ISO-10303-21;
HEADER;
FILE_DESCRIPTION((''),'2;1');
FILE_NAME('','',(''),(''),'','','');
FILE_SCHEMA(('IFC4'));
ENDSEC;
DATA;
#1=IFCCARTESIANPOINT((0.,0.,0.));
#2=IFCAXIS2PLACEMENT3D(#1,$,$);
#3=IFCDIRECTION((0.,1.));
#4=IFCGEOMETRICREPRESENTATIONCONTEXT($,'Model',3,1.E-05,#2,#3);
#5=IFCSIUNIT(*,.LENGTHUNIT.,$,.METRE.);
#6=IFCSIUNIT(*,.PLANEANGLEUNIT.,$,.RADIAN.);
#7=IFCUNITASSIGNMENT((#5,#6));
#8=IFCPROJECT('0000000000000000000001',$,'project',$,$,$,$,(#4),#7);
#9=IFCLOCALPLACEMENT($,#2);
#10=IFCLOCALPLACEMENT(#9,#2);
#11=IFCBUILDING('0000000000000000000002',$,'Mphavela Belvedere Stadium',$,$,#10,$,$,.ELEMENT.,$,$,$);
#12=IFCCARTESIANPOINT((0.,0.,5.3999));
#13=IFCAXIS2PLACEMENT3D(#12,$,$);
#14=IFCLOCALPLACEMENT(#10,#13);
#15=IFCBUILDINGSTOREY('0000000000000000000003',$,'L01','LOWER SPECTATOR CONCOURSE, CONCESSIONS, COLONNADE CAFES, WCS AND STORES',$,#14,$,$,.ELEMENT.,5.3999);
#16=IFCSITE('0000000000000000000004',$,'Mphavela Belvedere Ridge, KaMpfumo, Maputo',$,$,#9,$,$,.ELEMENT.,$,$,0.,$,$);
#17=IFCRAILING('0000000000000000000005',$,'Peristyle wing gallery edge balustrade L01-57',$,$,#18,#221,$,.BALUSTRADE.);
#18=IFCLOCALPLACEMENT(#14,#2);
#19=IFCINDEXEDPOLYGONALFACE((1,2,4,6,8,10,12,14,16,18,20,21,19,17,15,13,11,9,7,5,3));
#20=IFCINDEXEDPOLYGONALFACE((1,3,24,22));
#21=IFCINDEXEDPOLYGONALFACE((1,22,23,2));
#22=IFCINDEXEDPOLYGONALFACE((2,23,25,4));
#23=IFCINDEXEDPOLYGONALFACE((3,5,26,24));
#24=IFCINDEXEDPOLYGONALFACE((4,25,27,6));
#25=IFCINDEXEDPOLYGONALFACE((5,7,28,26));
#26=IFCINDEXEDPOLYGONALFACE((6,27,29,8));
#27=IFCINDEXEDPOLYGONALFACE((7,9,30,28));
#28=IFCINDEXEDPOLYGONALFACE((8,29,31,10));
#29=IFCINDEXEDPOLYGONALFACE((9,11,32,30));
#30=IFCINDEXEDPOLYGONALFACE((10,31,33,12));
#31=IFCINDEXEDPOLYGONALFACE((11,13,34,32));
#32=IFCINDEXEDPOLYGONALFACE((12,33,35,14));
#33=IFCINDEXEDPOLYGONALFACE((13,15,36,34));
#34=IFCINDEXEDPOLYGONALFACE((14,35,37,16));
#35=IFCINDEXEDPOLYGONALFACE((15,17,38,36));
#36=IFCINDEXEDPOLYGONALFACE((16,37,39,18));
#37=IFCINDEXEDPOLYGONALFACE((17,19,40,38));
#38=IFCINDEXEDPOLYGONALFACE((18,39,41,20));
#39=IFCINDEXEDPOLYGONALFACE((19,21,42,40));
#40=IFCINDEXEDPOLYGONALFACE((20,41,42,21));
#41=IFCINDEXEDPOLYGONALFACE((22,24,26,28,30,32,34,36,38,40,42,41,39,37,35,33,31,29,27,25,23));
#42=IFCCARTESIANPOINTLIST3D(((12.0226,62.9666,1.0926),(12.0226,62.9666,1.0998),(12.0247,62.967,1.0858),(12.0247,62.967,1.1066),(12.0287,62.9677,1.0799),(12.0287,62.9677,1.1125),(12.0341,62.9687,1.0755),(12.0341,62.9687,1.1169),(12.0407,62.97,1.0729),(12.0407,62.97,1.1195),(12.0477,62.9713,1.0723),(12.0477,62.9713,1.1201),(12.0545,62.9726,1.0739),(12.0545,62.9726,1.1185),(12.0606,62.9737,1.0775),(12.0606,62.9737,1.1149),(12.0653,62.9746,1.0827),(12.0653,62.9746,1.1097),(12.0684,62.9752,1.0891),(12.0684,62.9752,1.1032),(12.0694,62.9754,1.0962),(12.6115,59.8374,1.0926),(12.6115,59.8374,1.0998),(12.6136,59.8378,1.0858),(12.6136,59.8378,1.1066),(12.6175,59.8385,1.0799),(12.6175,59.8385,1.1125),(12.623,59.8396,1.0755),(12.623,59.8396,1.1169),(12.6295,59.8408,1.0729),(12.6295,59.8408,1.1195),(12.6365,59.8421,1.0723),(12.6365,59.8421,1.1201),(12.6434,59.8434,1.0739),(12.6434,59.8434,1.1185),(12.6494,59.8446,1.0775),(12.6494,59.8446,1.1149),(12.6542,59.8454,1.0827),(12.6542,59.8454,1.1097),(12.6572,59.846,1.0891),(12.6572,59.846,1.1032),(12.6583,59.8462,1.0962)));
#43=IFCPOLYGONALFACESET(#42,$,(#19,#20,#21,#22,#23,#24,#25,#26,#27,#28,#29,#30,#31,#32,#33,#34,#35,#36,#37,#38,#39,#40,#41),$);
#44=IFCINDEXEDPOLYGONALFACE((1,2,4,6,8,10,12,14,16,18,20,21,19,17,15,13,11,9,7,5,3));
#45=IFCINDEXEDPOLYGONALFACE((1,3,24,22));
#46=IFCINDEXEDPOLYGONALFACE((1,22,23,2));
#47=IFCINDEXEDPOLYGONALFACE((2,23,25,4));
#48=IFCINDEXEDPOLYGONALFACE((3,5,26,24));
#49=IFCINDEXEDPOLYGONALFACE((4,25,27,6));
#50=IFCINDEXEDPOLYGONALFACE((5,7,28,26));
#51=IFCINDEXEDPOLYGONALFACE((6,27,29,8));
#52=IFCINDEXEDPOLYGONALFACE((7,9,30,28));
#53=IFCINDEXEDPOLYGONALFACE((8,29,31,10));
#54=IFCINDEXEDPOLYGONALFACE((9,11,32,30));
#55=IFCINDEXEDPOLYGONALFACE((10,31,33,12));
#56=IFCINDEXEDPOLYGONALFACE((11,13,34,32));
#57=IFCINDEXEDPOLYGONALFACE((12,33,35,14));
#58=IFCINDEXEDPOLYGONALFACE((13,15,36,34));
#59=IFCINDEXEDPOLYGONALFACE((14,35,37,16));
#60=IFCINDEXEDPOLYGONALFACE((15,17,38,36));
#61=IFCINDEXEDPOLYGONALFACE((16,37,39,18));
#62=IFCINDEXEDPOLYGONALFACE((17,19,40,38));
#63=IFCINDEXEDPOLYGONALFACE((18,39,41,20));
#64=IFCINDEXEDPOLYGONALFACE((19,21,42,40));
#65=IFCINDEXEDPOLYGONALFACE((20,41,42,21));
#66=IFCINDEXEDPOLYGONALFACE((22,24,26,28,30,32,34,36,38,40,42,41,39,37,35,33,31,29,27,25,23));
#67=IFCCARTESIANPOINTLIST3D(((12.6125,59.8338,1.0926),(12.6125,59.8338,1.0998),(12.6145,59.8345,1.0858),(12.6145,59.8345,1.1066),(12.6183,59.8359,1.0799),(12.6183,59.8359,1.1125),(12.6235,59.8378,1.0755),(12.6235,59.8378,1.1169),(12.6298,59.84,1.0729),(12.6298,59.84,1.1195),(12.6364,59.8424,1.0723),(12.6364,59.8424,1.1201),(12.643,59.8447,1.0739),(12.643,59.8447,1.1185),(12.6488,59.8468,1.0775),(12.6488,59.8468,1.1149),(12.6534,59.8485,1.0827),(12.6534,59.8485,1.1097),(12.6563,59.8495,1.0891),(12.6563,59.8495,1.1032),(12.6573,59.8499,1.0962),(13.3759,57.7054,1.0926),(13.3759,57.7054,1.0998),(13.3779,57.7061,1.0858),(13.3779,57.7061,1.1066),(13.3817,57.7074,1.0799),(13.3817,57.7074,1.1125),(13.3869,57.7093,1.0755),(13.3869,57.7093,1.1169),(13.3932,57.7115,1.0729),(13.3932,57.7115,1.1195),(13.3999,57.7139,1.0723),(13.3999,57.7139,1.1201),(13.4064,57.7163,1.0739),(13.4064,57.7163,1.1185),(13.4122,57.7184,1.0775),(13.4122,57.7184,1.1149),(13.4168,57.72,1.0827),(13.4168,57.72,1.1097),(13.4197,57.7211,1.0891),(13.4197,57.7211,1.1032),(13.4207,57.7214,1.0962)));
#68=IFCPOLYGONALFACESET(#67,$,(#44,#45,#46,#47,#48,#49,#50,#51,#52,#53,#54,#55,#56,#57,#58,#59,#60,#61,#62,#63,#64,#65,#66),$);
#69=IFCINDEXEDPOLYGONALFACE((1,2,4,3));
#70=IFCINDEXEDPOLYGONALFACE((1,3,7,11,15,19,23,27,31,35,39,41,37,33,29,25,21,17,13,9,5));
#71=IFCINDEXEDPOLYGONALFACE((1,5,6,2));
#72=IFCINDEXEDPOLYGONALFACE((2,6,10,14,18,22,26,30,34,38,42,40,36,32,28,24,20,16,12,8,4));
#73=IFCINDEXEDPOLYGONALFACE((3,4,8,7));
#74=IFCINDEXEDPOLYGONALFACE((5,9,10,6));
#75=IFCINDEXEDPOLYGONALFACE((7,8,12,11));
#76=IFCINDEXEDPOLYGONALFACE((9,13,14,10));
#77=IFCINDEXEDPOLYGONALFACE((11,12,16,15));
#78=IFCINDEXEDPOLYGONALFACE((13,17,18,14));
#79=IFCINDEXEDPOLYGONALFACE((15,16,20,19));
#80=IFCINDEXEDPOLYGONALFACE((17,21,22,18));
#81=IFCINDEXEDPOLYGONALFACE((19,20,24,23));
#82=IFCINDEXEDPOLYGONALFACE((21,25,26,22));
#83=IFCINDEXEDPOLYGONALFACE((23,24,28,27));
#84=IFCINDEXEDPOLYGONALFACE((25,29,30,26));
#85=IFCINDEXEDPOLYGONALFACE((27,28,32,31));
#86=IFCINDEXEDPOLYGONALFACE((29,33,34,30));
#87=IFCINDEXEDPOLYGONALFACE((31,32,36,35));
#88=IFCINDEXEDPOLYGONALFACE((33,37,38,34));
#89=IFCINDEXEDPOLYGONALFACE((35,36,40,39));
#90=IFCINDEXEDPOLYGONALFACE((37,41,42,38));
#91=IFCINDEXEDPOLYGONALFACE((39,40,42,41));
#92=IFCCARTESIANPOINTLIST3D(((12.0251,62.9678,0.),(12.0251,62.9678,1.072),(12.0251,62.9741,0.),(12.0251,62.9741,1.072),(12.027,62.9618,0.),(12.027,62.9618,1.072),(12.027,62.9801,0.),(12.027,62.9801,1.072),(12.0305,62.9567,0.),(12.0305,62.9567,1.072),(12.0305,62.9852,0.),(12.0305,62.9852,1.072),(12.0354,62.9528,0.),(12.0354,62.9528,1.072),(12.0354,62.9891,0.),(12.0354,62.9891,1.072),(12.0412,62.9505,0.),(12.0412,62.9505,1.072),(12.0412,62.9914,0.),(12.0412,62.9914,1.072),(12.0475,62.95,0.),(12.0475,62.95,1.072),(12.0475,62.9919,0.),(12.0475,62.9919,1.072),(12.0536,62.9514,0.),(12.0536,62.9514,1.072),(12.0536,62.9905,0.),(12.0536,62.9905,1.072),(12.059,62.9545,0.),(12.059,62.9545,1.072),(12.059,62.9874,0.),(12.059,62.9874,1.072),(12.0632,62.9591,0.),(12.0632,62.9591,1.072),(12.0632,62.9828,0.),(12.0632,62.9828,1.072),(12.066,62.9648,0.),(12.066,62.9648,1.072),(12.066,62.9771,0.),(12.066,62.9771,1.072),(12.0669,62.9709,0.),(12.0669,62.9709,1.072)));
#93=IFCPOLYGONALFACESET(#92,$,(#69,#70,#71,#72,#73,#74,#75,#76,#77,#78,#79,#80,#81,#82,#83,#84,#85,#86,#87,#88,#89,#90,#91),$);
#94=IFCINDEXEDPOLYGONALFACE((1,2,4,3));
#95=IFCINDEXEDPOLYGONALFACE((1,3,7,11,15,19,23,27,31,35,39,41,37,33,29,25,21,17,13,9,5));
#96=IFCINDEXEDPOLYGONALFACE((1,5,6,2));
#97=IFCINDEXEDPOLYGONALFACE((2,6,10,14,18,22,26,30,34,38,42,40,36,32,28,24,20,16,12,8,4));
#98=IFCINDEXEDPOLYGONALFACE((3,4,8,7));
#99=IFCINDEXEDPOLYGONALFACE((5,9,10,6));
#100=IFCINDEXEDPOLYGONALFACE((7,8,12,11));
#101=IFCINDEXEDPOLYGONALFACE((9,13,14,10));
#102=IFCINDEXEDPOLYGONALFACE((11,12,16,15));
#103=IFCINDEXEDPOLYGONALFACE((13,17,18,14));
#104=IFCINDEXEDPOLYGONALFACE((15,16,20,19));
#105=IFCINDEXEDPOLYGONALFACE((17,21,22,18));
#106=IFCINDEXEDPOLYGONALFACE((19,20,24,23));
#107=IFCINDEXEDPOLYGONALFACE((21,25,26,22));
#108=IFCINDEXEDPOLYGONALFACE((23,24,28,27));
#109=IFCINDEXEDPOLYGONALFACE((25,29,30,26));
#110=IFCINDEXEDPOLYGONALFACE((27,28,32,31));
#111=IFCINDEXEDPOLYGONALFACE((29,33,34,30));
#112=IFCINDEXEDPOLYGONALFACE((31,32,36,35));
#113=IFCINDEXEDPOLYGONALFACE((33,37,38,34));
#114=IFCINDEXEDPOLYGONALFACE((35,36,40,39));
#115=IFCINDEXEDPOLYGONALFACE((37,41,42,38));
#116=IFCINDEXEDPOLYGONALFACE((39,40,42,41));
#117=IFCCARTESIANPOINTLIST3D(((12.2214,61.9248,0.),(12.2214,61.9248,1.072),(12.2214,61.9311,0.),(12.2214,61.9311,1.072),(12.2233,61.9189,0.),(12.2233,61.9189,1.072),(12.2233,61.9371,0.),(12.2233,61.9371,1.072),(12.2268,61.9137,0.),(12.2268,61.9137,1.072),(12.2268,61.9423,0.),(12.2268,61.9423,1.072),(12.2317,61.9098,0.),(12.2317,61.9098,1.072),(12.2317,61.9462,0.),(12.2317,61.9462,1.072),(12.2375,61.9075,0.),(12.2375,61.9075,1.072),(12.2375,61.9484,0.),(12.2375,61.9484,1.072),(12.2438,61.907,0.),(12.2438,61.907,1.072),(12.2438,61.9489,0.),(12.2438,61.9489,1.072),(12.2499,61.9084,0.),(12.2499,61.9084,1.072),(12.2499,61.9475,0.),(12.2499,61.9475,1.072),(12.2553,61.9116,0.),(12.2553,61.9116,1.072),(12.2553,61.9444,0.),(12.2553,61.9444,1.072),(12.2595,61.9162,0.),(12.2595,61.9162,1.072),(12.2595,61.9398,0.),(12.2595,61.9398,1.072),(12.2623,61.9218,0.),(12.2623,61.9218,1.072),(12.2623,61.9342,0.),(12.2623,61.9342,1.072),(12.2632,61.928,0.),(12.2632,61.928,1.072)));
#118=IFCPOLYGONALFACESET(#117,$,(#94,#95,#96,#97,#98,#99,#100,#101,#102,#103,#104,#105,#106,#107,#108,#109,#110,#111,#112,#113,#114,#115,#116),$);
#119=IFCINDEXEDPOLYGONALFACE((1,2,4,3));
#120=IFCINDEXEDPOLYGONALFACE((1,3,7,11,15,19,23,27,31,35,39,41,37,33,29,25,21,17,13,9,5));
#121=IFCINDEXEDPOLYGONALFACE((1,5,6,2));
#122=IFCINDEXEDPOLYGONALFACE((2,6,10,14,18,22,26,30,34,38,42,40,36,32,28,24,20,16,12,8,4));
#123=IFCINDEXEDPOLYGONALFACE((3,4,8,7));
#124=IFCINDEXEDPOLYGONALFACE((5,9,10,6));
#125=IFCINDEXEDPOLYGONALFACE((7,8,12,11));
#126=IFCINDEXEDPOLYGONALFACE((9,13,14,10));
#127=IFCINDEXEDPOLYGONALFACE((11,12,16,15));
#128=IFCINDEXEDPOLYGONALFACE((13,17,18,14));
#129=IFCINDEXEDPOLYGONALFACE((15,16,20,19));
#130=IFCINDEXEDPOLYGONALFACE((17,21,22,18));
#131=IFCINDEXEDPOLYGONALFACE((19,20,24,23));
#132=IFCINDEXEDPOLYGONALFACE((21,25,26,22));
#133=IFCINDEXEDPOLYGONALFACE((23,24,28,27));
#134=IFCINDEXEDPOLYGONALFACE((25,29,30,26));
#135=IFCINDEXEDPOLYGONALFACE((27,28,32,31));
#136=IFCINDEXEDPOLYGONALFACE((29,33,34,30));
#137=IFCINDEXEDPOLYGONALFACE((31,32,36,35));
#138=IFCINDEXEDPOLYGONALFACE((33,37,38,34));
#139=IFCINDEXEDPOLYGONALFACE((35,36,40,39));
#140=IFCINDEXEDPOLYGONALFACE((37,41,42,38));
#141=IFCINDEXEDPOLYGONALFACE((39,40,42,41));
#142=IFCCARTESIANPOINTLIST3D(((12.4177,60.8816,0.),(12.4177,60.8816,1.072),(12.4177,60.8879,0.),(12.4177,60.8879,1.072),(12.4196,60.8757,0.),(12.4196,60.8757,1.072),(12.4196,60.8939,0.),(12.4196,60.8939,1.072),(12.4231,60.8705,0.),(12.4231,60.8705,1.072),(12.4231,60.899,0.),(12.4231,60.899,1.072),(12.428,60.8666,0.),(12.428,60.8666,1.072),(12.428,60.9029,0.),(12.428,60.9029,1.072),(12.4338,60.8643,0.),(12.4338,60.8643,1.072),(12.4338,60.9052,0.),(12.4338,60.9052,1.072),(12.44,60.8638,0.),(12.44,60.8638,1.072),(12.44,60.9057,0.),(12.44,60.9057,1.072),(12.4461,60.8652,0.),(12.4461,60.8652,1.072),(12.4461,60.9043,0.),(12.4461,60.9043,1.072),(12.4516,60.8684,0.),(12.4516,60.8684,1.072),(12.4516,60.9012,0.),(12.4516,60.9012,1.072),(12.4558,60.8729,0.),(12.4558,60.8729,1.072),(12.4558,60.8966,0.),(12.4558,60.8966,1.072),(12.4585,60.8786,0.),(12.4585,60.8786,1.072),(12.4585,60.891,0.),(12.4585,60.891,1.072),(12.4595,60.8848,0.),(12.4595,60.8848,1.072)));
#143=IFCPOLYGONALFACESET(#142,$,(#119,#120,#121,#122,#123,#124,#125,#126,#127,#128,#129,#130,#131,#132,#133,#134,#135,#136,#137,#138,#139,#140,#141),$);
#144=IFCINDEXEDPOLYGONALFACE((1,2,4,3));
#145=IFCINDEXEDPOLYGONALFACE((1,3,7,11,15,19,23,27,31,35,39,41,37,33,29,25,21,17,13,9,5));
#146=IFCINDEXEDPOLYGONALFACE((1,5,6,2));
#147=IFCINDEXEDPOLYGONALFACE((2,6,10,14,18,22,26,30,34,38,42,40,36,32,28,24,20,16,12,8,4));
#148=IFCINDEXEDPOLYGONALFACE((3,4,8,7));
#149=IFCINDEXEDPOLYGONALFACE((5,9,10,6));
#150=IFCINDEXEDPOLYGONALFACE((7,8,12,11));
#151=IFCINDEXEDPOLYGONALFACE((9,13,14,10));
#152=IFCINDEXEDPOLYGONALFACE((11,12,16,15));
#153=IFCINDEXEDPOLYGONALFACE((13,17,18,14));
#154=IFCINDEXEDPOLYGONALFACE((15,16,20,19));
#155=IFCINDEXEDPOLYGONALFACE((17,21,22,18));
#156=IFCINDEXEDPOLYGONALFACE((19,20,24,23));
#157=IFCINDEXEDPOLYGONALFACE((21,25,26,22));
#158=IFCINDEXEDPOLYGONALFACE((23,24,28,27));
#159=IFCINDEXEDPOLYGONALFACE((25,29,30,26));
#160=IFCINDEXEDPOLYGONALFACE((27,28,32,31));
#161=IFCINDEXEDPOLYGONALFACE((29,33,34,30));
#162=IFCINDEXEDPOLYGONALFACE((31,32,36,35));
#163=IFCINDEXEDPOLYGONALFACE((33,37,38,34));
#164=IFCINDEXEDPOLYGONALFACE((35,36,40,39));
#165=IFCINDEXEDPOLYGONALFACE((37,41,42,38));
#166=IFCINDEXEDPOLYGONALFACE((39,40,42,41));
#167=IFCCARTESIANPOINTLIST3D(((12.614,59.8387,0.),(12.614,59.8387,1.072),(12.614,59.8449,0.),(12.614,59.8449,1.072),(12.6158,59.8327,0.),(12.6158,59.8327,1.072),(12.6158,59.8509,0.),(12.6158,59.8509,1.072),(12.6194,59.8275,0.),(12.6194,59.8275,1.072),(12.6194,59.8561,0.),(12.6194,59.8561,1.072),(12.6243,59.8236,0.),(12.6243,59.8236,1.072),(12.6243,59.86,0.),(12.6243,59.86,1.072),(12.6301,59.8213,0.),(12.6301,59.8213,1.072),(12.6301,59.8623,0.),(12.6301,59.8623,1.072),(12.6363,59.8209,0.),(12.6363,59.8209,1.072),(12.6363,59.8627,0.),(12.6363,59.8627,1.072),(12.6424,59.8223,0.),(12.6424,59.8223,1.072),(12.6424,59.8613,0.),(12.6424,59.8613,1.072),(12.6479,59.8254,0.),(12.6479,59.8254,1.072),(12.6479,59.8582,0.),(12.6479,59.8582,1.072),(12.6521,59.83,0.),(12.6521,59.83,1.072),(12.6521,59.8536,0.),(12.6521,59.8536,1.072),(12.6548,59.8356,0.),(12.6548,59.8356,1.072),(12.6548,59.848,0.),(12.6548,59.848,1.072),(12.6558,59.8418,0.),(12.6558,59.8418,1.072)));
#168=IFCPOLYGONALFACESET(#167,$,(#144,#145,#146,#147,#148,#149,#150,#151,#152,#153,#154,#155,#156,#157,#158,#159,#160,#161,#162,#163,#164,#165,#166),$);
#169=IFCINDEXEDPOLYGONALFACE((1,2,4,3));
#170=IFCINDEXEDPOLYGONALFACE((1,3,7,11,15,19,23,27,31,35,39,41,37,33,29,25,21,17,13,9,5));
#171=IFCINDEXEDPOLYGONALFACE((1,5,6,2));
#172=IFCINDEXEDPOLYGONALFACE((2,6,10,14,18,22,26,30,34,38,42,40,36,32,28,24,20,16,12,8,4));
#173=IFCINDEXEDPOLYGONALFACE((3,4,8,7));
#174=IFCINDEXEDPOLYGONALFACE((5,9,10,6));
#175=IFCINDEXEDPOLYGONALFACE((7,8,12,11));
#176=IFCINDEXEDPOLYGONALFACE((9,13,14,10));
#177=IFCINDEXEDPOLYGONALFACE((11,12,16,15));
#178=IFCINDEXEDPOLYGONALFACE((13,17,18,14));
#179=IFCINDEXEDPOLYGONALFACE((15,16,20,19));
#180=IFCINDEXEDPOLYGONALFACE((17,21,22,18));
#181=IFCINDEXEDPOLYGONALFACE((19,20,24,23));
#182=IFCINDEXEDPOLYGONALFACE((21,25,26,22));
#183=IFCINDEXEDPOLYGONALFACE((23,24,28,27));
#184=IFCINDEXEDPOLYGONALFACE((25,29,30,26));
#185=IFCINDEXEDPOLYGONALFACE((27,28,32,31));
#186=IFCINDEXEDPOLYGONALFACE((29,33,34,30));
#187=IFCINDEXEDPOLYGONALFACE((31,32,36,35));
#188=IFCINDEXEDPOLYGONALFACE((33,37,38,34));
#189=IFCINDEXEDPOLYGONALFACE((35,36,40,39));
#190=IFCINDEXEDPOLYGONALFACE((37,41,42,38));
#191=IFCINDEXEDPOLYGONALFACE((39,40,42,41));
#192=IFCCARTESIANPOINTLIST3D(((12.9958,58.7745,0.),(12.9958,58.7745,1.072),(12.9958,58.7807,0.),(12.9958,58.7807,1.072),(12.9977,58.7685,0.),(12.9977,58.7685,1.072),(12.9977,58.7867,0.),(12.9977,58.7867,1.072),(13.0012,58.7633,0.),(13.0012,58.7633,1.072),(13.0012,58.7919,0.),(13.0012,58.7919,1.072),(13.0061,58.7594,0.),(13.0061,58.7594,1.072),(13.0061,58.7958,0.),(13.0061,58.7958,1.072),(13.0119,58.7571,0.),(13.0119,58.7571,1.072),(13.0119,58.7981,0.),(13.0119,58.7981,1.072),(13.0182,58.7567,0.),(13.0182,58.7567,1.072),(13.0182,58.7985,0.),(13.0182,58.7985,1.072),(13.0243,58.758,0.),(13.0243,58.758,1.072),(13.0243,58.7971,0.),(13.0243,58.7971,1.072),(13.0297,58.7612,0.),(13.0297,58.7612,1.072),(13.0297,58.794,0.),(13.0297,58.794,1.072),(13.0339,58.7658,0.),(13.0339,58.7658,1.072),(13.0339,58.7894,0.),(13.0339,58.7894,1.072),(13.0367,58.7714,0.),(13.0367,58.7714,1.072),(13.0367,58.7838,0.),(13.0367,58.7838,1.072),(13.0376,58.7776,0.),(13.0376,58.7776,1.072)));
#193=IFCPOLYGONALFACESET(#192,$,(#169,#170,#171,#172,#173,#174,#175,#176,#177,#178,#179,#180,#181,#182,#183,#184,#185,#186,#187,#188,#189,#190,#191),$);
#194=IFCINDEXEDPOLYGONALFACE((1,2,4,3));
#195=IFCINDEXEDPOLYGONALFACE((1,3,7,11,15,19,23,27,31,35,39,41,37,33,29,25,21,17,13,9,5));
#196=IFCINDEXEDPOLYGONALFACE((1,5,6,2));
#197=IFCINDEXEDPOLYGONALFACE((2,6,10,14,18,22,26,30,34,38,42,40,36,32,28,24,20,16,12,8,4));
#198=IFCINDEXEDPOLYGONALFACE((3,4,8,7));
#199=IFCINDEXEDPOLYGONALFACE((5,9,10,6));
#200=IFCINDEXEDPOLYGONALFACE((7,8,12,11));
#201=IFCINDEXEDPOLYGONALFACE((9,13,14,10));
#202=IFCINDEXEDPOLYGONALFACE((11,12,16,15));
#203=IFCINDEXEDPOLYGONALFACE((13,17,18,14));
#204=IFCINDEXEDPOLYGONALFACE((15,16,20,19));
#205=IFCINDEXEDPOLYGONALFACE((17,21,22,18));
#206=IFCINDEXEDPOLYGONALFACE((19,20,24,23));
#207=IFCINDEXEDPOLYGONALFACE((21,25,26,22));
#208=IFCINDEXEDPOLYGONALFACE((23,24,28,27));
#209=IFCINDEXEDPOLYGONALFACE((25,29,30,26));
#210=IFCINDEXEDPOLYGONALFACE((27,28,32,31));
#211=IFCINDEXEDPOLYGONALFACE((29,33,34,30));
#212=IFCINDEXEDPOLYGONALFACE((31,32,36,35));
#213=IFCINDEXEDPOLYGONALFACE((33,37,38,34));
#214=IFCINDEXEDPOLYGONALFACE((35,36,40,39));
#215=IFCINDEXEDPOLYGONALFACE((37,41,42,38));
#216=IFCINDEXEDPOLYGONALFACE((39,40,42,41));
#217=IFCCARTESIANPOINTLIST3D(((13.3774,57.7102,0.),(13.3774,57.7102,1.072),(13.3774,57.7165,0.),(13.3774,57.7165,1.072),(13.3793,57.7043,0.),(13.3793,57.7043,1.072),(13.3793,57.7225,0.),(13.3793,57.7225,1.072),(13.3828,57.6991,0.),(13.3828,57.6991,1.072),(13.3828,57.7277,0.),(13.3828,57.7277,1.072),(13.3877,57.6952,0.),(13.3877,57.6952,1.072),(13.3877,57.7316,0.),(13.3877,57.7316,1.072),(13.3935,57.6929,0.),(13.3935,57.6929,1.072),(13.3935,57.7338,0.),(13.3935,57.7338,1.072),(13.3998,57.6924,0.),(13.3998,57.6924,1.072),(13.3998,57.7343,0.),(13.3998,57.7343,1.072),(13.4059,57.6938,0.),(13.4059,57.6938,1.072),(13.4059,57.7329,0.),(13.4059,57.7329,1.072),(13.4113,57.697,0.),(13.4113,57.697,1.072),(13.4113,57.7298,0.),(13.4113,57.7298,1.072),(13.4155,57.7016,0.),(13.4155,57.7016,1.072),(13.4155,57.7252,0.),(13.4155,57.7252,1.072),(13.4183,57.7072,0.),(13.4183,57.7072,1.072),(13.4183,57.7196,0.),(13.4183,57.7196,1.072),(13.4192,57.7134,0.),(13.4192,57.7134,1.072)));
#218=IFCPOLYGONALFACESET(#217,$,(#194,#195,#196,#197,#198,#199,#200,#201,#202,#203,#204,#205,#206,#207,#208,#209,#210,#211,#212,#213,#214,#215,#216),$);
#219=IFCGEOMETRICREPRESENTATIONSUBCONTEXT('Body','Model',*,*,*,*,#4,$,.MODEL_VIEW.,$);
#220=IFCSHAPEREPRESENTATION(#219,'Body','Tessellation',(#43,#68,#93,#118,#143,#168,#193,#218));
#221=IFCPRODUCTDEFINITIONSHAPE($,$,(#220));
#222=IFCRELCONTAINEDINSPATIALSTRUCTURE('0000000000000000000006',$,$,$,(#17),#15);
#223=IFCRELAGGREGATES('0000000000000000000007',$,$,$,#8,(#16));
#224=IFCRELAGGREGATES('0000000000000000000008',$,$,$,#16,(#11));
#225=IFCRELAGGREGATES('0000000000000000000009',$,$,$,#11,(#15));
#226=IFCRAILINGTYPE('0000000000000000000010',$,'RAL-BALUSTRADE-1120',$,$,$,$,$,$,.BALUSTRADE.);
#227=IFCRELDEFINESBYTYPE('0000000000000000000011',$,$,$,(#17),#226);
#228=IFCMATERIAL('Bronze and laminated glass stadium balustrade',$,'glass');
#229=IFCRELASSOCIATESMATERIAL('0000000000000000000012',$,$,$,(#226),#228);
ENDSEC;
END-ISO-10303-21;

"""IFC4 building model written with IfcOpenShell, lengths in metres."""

from ifc_helpers import new_model, si_unit, direction, frame, origin, origin_2d, place, context, subcontext, project, spatial, circle, extrude, material, type_object, element, save


model = new_model("IFC4")

# Units and contexts
model_context = context("Model", 3, precision=1e-05, world=origin(), true_north=direction((0.0, 1.0)))
body_context = subcontext(model_context, "Body", "Model", "MODEL_VIEW")
ifc_project = project(units=[si_unit("LENGTHUNIT", "METRE"), si_unit("PLANEANGLEUNIT", "RADIAN")], contexts=[model_context])

# Site, building, storey
site_placement = place(None, origin())
site = spatial("IfcSite", under=ifc_project, at=site_placement, Name="Mphavela Belvedere Ridge, KaMpfumo, Maputo", CompositionType="ELEMENT", RefElevation=0.0)
building_placement = place(site_placement, origin())
building = spatial("IfcBuilding", under=site, at=building_placement, Name="Mphavela Belvedere Stadium", CompositionType="ELEMENT")
storey_placement = place(building_placement, frame((0.0, 0.0, 5.3999)))
storey = spatial("IfcBuildingStorey", under=building, at=storey_placement, Name="L01", Description="LOWER SPECTATOR CONCOURSE, CONCESSIONS, COLONNADE CAFES, WCS AND STORES", CompositionType="ELEMENT", Elevation=5.3999)

# Railing
ifc_material_1 = material(Name="Bronze and laminated glass stadium balustrade", Category="glass")
railing_type = type_object("IfcRailingType", Name="RAL-BALUSTRADE-1120", PredefinedType="BALUSTRADE", material=ifc_material_1)
railing_placement = place(storey_placement, frame((12.0459, 62.9709, 0.0)))
element("IfcRailing", 1, at=railing_placement, inside=storey, type_object=railing_type, Name="Peristyle wing gallery edge balustrade L01-57", PredefinedType="BALUSTRADE", context=body_context, shape_type="SweptSolid", body=[
    extrude(circle(Radius=0.0239, at=origin_2d()), frame((0.0, 0.0, 1.0962), z_axis=(0.184941, -0.98275, 0.0), x_axis=(0.98275, 0.184941, 0.0)), (0.0, 0.0, 1.0), 3.1841),
    extrude(circle(Radius=0.0239, at=origin_2d()), frame((0.5889, -3.1292, 1.0962), z_axis=(0.337622, -0.941282, 0.0), x_axis=(0.941282, 0.337622, 0.0)), (0.0, 0.0, 1.0), 2.2612),
    extrude(circle(Radius=0.021, at=origin_2d()), origin(), (0.0, 0.0, 1.0), 1.072),
    extrude(circle(Radius=0.021, at=origin_2d()), frame((0.1963, -1.043, 0.0)), (0.0, 0.0, 1.0), 1.072),
    extrude(circle(Radius=0.021, at=origin_2d()), frame((0.3926, -2.0862, 0.0)), (0.0, 0.0, 1.0), 1.072),
    extrude(circle(Radius=0.021, at=origin_2d()), frame((0.5889, -3.1292, 0.0)), (0.0, 0.0, 1.0), 1.072),
    extrude(circle(Radius=0.021, at=origin_2d()), frame((0.9707, -4.1934, 0.0)), (0.0, 0.0, 1.0), 1.072),
    extrude(circle(Radius=0.021, at=origin_2d()), frame((1.3523, -5.2576, 0.0)), (0.0, 0.0, 1.0), 1.072),
])

save(model, "model.ifc")
